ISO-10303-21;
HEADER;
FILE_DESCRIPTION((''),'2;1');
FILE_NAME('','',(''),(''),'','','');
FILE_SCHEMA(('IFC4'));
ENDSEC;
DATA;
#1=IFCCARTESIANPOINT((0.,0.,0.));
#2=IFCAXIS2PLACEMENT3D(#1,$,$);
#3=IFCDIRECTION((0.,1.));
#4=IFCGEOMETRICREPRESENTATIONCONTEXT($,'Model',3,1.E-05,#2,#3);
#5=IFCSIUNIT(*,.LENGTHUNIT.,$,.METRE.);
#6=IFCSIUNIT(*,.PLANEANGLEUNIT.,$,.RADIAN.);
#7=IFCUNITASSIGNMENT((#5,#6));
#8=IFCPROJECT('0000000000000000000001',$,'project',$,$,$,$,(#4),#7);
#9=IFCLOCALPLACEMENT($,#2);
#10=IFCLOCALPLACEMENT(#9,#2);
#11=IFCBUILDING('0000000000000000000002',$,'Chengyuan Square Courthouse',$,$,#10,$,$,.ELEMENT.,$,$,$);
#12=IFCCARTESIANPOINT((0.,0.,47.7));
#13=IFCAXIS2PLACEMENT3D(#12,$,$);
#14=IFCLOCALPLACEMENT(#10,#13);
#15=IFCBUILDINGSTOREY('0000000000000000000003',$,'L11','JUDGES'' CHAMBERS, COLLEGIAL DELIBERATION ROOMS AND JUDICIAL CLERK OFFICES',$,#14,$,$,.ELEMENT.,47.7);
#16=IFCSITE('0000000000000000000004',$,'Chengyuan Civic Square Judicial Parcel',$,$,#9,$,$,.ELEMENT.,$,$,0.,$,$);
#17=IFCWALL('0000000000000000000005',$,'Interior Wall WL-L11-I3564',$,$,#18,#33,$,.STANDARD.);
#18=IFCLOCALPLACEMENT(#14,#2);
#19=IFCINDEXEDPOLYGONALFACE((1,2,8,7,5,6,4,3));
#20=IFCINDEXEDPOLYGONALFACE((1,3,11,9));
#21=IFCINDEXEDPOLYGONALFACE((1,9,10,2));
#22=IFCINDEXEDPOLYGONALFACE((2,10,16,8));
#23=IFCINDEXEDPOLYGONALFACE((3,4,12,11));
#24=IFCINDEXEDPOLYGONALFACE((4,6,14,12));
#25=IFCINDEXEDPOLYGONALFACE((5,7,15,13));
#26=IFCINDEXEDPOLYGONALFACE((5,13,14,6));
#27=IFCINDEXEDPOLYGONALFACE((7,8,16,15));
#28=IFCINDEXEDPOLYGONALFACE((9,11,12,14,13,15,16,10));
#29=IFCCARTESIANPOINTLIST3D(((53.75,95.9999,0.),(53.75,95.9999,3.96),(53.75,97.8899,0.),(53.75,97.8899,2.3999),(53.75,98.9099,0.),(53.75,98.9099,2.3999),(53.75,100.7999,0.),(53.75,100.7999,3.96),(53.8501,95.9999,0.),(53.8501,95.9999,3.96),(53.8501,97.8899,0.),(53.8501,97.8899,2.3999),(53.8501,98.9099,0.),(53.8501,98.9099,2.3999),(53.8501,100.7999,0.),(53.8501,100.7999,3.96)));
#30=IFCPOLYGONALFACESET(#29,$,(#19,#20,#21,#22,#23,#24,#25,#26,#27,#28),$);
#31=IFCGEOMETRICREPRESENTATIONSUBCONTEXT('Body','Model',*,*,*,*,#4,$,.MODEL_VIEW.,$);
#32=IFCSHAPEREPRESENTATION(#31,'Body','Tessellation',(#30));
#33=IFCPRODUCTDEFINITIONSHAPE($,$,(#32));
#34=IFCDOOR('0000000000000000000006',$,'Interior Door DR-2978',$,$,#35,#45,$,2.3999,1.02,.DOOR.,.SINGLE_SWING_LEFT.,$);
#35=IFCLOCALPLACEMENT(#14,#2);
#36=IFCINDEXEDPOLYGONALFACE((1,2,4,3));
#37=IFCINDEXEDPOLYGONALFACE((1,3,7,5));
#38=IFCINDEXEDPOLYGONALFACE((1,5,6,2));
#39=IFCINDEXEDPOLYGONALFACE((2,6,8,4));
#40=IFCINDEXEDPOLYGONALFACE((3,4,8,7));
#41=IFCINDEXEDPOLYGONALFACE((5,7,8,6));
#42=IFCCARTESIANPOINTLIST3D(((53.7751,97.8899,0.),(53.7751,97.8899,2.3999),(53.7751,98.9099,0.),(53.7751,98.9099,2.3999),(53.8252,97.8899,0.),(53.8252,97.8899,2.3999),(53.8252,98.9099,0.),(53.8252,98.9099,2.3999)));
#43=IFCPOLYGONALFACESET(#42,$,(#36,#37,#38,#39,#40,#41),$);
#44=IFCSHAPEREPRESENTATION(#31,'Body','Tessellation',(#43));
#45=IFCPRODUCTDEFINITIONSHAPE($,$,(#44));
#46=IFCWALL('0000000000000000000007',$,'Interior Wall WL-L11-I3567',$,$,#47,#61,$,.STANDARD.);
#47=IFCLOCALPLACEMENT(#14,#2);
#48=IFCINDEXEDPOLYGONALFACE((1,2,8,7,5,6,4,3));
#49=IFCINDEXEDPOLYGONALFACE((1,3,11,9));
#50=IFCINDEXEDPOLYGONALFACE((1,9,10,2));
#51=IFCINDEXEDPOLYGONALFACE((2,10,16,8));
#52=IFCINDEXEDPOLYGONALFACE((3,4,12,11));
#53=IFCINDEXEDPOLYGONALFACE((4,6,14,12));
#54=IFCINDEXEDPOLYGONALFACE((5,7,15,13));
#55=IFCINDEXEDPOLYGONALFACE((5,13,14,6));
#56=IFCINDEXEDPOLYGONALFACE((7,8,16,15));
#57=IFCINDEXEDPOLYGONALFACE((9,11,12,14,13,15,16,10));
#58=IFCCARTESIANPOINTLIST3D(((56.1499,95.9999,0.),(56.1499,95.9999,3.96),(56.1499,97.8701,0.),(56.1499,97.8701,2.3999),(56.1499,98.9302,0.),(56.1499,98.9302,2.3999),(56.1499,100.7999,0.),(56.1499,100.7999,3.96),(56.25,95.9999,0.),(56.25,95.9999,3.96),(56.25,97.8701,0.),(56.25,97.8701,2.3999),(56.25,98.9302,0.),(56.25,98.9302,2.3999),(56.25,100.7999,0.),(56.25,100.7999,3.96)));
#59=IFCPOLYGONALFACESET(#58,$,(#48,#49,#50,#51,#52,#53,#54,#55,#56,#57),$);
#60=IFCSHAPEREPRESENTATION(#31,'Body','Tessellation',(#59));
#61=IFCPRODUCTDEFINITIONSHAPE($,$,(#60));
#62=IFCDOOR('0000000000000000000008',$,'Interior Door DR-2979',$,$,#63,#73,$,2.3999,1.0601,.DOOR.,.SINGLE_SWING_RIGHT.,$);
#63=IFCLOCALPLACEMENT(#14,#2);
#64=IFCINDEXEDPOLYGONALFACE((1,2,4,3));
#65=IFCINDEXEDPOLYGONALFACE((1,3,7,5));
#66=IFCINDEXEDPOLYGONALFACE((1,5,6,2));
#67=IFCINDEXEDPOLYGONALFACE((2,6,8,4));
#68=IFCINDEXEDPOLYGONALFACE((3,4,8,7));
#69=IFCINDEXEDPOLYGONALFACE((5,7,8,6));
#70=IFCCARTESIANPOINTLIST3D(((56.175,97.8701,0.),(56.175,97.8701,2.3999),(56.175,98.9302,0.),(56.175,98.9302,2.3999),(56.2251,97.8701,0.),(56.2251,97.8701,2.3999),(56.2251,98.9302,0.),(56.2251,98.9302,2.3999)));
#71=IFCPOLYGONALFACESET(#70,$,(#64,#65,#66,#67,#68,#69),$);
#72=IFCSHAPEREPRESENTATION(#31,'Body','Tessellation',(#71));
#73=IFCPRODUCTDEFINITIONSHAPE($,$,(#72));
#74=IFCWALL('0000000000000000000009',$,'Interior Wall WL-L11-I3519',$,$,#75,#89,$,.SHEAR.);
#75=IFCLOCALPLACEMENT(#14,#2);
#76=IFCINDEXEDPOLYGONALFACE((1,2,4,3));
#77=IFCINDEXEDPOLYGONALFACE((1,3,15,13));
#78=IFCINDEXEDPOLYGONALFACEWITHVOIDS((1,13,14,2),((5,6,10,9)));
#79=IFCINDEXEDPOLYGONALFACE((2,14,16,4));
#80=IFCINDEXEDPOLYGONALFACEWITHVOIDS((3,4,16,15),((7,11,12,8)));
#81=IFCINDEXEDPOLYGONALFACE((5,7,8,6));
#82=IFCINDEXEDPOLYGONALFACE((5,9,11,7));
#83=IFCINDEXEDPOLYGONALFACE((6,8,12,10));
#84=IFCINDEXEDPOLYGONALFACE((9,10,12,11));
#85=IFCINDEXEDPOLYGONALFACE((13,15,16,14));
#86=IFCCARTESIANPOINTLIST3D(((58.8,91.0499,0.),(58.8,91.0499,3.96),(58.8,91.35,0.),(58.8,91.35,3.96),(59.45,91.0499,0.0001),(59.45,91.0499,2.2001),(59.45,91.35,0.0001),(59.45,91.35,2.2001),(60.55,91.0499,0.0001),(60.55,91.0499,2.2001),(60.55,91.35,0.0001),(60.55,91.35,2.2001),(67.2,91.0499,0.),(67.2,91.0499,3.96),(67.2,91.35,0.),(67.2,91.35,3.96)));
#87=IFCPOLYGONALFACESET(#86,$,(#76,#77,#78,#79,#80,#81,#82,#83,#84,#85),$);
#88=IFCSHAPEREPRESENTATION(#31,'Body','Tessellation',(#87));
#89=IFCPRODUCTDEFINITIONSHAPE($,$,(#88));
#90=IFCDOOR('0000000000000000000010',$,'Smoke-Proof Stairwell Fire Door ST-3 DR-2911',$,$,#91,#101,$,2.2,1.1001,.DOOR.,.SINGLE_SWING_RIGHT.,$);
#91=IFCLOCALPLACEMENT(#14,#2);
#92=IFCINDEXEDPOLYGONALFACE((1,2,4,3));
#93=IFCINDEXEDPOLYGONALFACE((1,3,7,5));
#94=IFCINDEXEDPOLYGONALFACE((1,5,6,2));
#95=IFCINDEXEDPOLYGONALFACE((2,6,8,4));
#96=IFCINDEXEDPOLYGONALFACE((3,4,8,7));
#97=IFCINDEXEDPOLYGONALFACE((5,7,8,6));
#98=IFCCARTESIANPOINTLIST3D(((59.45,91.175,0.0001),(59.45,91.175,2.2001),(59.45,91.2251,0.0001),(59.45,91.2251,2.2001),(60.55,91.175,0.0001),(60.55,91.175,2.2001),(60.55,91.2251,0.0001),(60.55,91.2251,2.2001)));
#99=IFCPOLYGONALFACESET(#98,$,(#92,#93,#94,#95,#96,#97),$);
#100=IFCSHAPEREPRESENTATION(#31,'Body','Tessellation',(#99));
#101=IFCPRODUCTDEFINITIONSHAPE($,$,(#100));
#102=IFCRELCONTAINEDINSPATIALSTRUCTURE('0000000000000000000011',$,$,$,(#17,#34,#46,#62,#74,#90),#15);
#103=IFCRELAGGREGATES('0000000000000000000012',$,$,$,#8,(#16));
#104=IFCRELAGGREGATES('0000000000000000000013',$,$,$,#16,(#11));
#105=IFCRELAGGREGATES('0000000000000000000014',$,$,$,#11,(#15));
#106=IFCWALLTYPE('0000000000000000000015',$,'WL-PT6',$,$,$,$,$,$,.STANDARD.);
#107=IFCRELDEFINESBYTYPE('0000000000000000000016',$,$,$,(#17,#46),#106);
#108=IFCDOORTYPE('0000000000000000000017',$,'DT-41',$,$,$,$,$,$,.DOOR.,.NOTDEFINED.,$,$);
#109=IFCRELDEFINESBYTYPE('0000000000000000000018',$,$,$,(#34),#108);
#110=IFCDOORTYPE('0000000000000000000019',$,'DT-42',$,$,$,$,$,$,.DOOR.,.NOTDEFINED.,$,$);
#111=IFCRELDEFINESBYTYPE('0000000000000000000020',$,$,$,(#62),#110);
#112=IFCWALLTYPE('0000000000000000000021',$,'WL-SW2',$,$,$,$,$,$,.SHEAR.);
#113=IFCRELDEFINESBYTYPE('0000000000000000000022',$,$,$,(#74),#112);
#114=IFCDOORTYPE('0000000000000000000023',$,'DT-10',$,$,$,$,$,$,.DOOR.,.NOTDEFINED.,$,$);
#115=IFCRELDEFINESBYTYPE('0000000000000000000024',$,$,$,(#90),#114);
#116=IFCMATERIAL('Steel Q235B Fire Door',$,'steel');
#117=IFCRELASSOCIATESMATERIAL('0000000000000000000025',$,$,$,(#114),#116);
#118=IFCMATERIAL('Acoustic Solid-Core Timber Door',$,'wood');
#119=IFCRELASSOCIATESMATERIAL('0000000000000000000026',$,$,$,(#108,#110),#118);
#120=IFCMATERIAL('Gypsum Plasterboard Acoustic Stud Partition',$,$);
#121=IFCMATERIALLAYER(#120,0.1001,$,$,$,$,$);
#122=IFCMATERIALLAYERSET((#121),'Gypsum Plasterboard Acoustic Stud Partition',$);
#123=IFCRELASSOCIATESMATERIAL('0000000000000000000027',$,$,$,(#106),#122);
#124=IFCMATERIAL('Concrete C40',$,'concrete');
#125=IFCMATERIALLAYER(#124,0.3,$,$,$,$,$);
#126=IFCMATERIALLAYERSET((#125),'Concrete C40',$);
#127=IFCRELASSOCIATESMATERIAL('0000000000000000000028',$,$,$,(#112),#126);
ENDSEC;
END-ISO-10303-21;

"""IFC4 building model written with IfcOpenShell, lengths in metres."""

from ifc_helpers import new_model, si_unit, direction, frame, frame_2d, origin, place, context, subcontext, project, spatial, rectangle, extrude, material, layer, layer_set, type_object, element, fill, save


model = new_model("IFC4")

# Units and contexts
model_context = context("Model", 3, precision=1e-05, world=origin(), true_north=direction((0.0, 1.0)))
body_context = subcontext(model_context, "Body", "Model", "MODEL_VIEW")
ifc_project = project(units=[si_unit("LENGTHUNIT", "METRE"), si_unit("PLANEANGLEUNIT", "RADIAN")], contexts=[model_context])

# Site, building, storey
site_placement = place(None, origin())
site = spatial("IfcSite", under=ifc_project, at=site_placement, Name="Chengyuan Civic Square Judicial Parcel", CompositionType="ELEMENT", RefElevation=0.0)
building_placement = place(site_placement, origin())
building = spatial("IfcBuilding", under=site, at=building_placement, Name="Chengyuan Square Courthouse", CompositionType="ELEMENT")
storey_placement = place(building_placement, frame((0.0, 0.0, 47.7)))
storey = spatial("IfcBuildingStorey", under=building, at=storey_placement, Name="L11", Description="JUDGES' CHAMBERS, COLLEGIAL DELIBERATION ROOMS AND JUDICIAL CLERK OFFICES", CompositionType="ELEMENT", Elevation=47.7)

# Shared definitions
ifc_material_1 = material(Name="Concrete C40", Category="concrete")
ifc_material_2 = material(Name="Steel Q235B Fire Door", Category="steel")
door_type_1 = type_object("IfcDoorType", Name="DT-10", OperationType="NOTDEFINED", PredefinedType="DOOR", material=ifc_material_2)
ifc_material_3 = material(Name="Acoustic Solid-Core Timber Door", Category="wood")
door_type_2 = type_object("IfcDoorType", Name="DT-41", OperationType="NOTDEFINED", PredefinedType="DOOR", material=ifc_material_3)

# Shared definitions
ifc_material_4 = material(Name="Gypsum Plasterboard Acoustic Stud Partition")
ifc_layer_1 = layer(ifc_material_4, 0.1001)
ifc_layer_set_1 = layer_set([ifc_layer_1], Name="Gypsum Plasterboard Acoustic Stud Partition")
wall_type_1 = type_object("IfcWallType", Name="WL-PT6", PredefinedType="STANDARD", material=ifc_layer_set_1)

# Walls, openings, doors
wall_1_placement = place(storey_placement, frame((53.8, 96.0, 0.0), z_axis=(0.0, 0.0, 1.0), x_axis=(0.0, 1.0, 0.0)))
wall_1 = element("IfcWall", 1, at=wall_1_placement, inside=storey, type_object=wall_type_1, Name="Interior Wall WL-L11-I3564", PredefinedType="STANDARD", context=body_context, shape_type="SweptSolid", body=[
    extrude(rectangle(XDim=4.8, YDim=0.1001, at=frame_2d((2.3999, 0.0))), origin(), (0.0, 0.0, 1.0), 3.96),
])
opening_1_placement = place(wall_1_placement, frame((1.8899, 0.0, 0.0)))
opening_1 = element("IfcOpeningElement", 2, at=opening_1_placement, cuts=wall_1, PredefinedType="OPENING", context=body_context, shape_type="SweptSolid", body=[
    extrude(rectangle(XDim=1.02, YDim=2.3999, at=frame_2d((0.51, 1.2))), frame((0.0, 0.062, 0.0), z_axis=(0.0, -1.0, 0.0), x_axis=(1.0, 0.0, 0.0)), (0.0, 0.0, 1.0), 0.124),
])
door_1_placement = place(opening_1_placement, origin())
door_1 = element("IfcDoor", 3, at=door_1_placement, inside=storey, type_object=door_type_2, Name="Interior Door DR-2978", OperationType="SINGLE_SWING_LEFT", OverallHeight=2.3999, OverallWidth=1.02, PredefinedType="DOOR", context=body_context, shape_type="SweptSolid", body=[
    extrude(rectangle(XDim=1.02, YDim=2.3999, at=frame_2d((0.51, 1.2))), frame((0.0, 0.0249, 0.0), z_axis=(0.0, -1.0, 0.0), x_axis=(1.0, 0.0, 0.0)), (0.0, 0.0, 1.0), 0.05),
])
fill(opening_1, door_1)
wall_2_placement = place(storey_placement, frame((56.2, 96.0, 0.0), z_axis=(0.0, 0.0, 1.0), x_axis=(0.0, 1.0, 0.0)))
wall_2 = element("IfcWall", 4, at=wall_2_placement, inside=storey, type_object=wall_type_1, Name="Interior Wall WL-L11-I3567", PredefinedType="STANDARD", context=body_context, shape_type="SweptSolid", body=[
    extrude(rectangle(XDim=4.8, YDim=0.1001, at=frame_2d((2.3999, 0.0))), origin(), (0.0, 0.0, 1.0), 3.96),
])
opening_2_placement = place(wall_2_placement, frame((1.8701, 0.0, 0.0)))
opening_2 = element("IfcOpeningElement", 5, at=opening_2_placement, cuts=wall_2, PredefinedType="OPENING", context=body_context, shape_type="SweptSolid", body=[
    extrude(rectangle(XDim=1.0601, YDim=2.3999, at=frame_2d((0.53, 1.2))), frame((0.0, 0.062, 0.0), z_axis=(0.0, -1.0, 0.0), x_axis=(1.0, 0.0, 0.0)), (0.0, 0.0, 1.0), 0.124),
])
door_type_3 = type_object("IfcDoorType", Name="DT-42", OperationType="NOTDEFINED", PredefinedType="DOOR", material=ifc_material_3)
door_2_placement = place(opening_2_placement, origin())
door_2 = element("IfcDoor", 6, at=door_2_placement, inside=storey, type_object=door_type_3, Name="Interior Door DR-2979", OperationType="SINGLE_SWING_RIGHT", OverallHeight=2.3999, OverallWidth=1.0601, PredefinedType="DOOR", context=body_context, shape_type="SweptSolid", body=[
    extrude(rectangle(XDim=1.0601, YDim=2.3999, at=frame_2d((0.53, 1.2))), frame((0.0, 0.0249, 0.0), z_axis=(0.0, -1.0, 0.0), x_axis=(1.0, 0.0, 0.0)), (0.0, 0.0, 1.0), 0.05),
])
fill(opening_2, door_2)
ifc_layer_2 = layer(ifc_material_1, 0.3)
ifc_layer_set_2 = layer_set([ifc_layer_2], Name="Concrete C40")
wall_type_2 = type_object("IfcWallType", Name="WL-SW2", PredefinedType="SHEAR", material=ifc_layer_set_2)
wall_3_placement = place(storey_placement, frame((58.8, 91.2, 0.0), z_axis=(0.0, 0.0, 1.0), x_axis=(1.0, 0.0, 0.0)))
wall_3 = element("IfcWall", 7, at=wall_3_placement, inside=storey, type_object=wall_type_2, Name="Interior Wall WL-L11-I3519", PredefinedType="SHEAR", context=body_context, shape_type="SweptSolid", body=[
    extrude(rectangle(XDim=8.3999, YDim=0.3, at=frame_2d((4.2, 0.0))), origin(), (0.0, 0.0, 1.0), 3.96),
])
opening_3_placement = place(wall_3_placement, frame((0.6499, 0.0, 0.0)))
opening_3 = element("IfcOpeningElement", 8, at=opening_3_placement, cuts=wall_3, PredefinedType="OPENING", context=body_context, shape_type="SweptSolid", body=[
    extrude(rectangle(XDim=1.1001, YDim=2.2, at=frame_2d((0.55, 1.1001))), frame((0.0, 0.1621, 0.0), z_axis=(0.0, -1.0, 0.0), x_axis=(1.0, 0.0, 0.0)), (0.0, 0.0, 1.0), 0.324),
])
door_3_placement = place(opening_3_placement, frame((1.1001, 0.0, 0.0), z_axis=(0.0, 0.0, 1.0), x_axis=(-1.0, 0.0, 0.0)))
door_3 = element("IfcDoor", 9, at=door_3_placement, inside=storey, type_object=door_type_1, Name="Smoke-Proof Stairwell Fire Door ST-3 DR-2911", OperationType="SINGLE_SWING_RIGHT", OverallHeight=2.2, OverallWidth=1.1001, PredefinedType="DOOR", context=body_context, shape_type="SweptSolid", body=[
    extrude(rectangle(XDim=1.1001, YDim=2.2, at=frame_2d((0.55, 1.1001))), frame((0.0, 0.0249, 0.0), z_axis=(0.0, -1.0, 0.0), x_axis=(1.0, 0.0, 0.0)), (0.0, 0.0, 1.0), 0.05),
])
fill(opening_3, door_3)

save(model, "model.ifc")
